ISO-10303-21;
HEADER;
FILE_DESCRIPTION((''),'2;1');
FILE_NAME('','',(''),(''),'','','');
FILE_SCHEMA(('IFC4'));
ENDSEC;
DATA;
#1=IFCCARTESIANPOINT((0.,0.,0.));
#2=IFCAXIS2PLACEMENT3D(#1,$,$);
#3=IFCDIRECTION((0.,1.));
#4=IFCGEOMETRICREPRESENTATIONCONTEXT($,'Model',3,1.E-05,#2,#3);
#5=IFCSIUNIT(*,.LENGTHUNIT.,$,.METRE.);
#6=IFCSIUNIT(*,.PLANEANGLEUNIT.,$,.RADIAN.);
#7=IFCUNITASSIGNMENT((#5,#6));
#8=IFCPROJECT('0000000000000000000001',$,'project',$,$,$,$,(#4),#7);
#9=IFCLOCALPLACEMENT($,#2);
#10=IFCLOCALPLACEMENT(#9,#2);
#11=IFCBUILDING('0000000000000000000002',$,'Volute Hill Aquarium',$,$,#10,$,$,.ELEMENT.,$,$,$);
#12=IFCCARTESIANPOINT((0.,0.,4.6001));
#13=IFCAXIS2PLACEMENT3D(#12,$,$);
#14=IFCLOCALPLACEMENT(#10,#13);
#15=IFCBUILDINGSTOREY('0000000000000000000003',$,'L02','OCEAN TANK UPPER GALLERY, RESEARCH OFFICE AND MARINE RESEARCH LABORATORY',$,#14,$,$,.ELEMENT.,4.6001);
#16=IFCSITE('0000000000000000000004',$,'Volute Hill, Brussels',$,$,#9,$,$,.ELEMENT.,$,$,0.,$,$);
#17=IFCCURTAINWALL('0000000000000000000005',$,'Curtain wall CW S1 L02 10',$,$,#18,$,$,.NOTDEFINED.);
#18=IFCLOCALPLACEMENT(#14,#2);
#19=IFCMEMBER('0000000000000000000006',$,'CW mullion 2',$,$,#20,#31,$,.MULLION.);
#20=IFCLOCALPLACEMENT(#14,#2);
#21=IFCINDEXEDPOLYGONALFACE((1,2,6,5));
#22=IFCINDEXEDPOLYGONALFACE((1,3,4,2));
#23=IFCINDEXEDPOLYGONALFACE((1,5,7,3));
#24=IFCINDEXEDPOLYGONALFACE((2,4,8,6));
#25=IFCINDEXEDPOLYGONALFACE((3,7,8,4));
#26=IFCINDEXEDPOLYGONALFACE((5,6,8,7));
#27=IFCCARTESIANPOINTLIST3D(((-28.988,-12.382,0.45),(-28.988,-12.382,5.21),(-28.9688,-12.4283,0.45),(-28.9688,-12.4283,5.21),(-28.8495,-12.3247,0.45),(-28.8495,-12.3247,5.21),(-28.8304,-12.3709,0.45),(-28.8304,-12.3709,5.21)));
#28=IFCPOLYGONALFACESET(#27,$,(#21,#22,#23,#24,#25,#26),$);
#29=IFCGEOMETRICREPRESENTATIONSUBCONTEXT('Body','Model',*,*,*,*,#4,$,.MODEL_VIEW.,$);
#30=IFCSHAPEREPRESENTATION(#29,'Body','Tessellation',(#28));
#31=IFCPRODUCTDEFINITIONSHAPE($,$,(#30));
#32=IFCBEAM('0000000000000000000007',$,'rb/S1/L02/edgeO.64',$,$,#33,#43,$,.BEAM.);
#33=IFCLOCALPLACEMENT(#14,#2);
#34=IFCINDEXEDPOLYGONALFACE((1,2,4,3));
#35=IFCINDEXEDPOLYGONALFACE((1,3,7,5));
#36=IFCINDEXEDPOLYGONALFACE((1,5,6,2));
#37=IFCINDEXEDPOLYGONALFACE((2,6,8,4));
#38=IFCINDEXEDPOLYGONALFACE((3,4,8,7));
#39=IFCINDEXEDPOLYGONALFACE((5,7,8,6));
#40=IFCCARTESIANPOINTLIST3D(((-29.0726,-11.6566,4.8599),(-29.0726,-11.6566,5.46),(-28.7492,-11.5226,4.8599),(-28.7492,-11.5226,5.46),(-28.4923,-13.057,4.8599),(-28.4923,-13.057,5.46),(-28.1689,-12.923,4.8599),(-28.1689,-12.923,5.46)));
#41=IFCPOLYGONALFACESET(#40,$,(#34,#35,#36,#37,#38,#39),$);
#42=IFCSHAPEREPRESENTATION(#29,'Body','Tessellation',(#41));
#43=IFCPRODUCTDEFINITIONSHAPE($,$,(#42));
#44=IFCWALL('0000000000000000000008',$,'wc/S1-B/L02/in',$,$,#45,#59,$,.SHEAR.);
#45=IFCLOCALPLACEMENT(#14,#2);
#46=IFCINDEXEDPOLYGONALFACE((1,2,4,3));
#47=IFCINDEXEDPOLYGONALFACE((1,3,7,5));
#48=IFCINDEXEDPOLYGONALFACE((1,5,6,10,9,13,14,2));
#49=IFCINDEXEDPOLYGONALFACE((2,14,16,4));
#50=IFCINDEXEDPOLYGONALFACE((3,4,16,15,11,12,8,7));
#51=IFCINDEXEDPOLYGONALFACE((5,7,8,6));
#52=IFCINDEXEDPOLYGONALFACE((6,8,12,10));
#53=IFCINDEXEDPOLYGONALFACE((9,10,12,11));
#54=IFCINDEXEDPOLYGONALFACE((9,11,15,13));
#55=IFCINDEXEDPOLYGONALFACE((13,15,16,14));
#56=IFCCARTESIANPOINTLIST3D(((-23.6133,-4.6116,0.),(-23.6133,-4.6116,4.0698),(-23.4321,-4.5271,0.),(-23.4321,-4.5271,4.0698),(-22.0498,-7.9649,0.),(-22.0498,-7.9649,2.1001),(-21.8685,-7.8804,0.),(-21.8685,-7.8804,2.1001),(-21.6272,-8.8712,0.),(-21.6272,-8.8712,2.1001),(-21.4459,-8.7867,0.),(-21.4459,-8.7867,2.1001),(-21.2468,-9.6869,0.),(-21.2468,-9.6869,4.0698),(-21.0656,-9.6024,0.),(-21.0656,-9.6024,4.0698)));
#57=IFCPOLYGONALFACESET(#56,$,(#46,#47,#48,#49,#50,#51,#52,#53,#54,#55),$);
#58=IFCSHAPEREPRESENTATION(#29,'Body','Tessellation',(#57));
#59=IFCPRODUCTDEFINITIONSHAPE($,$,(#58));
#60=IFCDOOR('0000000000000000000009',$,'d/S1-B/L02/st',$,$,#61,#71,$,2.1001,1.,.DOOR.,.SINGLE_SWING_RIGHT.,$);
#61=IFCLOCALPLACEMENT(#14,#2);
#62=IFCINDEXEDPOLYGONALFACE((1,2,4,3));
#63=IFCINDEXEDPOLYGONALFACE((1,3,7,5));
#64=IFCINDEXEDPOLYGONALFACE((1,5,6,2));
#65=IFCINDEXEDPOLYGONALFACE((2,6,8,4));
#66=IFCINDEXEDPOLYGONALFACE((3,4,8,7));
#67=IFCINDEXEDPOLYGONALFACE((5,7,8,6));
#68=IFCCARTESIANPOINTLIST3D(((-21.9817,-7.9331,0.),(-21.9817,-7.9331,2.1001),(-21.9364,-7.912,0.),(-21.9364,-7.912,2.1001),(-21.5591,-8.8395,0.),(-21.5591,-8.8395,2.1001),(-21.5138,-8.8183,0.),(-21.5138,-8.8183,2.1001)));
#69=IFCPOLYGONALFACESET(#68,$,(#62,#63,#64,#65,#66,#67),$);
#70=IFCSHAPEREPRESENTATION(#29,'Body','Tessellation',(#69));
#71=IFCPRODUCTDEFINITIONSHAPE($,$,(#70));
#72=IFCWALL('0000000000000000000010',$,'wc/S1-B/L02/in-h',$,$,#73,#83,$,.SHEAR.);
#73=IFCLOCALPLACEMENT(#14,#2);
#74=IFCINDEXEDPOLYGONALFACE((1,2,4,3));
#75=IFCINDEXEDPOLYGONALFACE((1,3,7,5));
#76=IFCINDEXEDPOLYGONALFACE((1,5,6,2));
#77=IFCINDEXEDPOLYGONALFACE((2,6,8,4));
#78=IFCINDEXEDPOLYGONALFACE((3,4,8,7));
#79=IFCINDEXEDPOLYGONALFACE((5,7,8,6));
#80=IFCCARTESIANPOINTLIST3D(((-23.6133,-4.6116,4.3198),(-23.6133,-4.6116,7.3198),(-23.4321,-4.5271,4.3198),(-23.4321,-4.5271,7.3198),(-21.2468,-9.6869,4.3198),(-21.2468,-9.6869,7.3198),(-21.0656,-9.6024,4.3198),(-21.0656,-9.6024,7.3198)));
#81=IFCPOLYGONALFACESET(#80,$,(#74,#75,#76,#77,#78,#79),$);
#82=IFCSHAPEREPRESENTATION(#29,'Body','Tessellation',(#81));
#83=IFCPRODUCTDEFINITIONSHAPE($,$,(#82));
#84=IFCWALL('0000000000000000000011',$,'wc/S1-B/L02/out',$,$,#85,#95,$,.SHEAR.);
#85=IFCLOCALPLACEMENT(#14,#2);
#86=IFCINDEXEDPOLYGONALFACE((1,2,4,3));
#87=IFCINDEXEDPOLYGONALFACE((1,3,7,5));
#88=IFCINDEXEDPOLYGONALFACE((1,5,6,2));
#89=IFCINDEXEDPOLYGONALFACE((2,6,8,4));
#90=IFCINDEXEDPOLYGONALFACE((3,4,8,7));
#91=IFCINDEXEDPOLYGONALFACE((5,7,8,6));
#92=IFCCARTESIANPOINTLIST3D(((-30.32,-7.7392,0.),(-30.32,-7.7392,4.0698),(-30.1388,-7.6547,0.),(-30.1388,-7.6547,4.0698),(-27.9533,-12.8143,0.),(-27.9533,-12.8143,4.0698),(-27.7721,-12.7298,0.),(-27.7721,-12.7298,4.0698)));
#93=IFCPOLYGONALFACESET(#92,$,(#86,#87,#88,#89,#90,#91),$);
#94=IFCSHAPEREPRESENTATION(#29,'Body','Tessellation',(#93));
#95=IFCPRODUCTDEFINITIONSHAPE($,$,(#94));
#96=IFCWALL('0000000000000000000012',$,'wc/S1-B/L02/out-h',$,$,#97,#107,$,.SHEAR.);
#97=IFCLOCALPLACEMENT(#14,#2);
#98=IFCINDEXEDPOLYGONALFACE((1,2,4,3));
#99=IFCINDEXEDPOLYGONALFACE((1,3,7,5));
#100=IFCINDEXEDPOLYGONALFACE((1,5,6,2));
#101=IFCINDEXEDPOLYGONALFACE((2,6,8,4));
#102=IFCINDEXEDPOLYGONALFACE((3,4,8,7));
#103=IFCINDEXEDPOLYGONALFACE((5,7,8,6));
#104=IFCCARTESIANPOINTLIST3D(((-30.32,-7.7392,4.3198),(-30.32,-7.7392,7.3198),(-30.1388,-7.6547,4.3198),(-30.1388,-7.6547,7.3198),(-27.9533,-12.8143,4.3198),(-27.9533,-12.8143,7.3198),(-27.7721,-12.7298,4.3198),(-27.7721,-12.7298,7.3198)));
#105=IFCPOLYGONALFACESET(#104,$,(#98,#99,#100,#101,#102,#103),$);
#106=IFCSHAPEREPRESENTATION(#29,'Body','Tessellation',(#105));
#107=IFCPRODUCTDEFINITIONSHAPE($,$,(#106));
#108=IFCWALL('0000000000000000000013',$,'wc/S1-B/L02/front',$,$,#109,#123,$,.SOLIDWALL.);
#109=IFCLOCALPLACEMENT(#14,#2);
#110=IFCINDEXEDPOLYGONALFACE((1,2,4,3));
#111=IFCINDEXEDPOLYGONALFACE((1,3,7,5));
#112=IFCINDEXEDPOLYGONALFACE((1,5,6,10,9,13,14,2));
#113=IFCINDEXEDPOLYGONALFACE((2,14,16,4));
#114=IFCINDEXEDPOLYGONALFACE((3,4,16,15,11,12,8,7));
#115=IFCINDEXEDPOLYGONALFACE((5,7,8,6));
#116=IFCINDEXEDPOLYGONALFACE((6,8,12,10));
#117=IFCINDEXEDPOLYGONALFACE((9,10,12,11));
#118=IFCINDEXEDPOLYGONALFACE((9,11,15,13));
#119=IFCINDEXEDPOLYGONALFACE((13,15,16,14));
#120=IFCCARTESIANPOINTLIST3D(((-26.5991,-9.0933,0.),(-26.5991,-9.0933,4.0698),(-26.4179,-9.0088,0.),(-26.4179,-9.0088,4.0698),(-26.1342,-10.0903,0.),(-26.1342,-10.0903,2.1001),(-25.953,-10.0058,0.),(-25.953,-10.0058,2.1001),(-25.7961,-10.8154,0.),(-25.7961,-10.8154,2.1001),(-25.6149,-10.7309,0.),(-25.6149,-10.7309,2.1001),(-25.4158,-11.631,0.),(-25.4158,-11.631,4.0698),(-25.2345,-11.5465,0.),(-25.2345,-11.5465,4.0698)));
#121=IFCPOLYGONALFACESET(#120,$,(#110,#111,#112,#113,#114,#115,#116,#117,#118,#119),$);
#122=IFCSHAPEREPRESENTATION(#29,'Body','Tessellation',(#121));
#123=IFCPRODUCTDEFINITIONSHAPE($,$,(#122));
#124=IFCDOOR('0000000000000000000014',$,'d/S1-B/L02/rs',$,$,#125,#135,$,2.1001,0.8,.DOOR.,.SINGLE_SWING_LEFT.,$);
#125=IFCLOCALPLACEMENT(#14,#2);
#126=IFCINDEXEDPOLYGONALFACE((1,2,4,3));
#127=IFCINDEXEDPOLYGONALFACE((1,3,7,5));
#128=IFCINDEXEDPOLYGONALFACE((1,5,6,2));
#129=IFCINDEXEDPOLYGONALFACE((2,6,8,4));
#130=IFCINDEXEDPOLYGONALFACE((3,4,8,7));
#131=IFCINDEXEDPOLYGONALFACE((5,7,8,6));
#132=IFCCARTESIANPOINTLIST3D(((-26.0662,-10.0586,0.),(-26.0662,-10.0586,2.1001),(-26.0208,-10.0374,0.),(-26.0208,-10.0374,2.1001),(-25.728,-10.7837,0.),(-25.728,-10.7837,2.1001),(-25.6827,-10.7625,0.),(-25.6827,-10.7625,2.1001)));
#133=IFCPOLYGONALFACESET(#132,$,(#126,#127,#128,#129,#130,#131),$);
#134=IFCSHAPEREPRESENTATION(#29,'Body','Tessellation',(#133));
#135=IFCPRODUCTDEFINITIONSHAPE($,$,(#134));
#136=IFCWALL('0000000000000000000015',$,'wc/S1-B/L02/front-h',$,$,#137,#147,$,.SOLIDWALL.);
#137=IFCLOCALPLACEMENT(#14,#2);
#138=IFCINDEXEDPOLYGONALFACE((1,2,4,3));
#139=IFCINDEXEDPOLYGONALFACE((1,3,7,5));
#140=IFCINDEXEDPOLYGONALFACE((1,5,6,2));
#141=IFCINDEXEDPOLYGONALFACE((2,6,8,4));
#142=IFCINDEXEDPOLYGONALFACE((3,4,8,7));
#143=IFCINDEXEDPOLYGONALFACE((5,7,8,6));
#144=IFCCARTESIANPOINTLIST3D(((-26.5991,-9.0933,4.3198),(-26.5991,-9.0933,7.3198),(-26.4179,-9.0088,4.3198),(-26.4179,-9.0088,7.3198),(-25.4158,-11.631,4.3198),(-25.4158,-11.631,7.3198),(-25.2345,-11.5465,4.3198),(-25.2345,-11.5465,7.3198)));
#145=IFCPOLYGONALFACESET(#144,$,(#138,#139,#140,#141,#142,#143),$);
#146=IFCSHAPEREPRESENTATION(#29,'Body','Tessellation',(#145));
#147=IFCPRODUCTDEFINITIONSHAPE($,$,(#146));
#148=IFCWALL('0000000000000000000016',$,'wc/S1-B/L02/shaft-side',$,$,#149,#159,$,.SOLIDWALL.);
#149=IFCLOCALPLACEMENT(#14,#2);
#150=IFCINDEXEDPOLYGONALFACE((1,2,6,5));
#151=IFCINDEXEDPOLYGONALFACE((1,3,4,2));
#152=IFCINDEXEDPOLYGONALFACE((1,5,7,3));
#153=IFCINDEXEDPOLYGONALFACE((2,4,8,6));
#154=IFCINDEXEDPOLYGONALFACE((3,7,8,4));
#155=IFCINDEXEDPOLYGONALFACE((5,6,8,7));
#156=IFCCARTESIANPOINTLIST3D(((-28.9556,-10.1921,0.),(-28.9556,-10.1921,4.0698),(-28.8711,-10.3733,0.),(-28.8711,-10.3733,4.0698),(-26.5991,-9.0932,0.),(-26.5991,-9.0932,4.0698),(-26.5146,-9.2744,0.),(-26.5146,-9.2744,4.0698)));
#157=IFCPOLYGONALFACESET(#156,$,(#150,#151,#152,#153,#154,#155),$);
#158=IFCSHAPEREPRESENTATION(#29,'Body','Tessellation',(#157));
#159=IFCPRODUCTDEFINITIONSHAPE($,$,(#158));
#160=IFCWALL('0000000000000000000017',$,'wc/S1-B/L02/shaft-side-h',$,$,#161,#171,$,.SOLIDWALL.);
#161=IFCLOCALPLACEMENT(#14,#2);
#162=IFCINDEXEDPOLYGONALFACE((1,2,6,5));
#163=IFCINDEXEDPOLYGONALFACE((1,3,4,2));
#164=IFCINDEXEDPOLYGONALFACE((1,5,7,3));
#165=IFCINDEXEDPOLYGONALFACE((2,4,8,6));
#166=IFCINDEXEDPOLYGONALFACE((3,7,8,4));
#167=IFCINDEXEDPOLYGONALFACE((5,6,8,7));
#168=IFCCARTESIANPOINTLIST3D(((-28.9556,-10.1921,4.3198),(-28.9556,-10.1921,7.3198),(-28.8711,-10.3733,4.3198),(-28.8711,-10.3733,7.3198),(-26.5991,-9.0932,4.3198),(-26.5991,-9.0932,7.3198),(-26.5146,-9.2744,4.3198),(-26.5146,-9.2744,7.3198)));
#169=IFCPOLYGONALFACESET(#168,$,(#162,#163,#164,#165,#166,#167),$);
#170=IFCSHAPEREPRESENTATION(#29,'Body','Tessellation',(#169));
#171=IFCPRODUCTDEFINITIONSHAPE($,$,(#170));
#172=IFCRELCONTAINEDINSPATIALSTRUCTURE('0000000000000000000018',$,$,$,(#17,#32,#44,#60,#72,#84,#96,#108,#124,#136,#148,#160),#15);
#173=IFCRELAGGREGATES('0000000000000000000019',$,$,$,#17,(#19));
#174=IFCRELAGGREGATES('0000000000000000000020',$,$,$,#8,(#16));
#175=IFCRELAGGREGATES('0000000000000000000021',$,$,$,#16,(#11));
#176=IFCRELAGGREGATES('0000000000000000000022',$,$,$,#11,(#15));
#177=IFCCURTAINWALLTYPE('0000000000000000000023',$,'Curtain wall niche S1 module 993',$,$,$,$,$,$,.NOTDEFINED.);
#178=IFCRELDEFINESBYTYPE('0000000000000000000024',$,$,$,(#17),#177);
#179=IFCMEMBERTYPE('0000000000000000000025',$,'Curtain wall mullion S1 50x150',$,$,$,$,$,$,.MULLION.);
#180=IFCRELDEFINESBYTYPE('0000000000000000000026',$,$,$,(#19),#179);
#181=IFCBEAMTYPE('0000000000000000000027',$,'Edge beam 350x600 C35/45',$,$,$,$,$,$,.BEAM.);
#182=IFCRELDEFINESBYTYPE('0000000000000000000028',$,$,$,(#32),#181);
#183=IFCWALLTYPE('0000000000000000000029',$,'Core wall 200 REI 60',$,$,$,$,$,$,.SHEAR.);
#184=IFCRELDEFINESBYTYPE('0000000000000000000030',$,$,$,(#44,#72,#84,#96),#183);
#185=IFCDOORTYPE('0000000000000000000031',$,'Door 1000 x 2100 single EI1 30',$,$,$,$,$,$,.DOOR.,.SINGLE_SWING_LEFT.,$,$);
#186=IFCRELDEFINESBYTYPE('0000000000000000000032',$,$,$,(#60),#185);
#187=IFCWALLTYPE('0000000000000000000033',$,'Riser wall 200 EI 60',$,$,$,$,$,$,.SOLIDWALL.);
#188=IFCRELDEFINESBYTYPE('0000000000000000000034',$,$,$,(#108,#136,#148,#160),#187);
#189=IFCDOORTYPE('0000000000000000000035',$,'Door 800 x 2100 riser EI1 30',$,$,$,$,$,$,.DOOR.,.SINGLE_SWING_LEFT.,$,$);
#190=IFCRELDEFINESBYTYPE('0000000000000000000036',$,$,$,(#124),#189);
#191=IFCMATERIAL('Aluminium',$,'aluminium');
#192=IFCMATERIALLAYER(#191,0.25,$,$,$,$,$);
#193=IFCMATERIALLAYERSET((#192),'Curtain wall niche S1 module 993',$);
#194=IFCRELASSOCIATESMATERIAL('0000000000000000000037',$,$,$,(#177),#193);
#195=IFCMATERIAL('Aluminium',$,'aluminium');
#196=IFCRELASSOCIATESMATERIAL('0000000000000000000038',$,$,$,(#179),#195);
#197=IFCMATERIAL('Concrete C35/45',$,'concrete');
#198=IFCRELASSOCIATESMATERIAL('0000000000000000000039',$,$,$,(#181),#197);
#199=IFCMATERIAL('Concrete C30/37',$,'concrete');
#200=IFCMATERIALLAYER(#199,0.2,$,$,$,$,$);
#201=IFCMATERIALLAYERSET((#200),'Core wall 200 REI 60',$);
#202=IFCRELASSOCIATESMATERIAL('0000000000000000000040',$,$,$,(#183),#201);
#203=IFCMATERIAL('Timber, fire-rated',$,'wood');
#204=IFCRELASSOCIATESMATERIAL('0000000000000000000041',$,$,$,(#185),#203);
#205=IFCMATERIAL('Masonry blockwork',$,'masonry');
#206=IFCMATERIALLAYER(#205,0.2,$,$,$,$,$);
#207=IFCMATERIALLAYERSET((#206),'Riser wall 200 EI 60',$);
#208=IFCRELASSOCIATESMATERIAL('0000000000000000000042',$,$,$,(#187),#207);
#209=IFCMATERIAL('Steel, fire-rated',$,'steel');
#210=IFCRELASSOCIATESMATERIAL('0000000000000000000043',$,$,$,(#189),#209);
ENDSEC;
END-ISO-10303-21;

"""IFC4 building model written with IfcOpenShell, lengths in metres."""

from ifc_helpers import new_model, si_unit, direction, frame, frame_2d, origin, origin_2d, place, context, subcontext, project, spatial, rectangle, extrude, material, layer, layer_set, material_profile, profile_set, type_object, element, fill, aggregate, save


model = new_model("IFC4")

# Units and contexts
model_context = context("Model", 3, precision=1e-05, world=origin(), true_north=direction((0.0, 1.0)))
body_context = subcontext(model_context, "Body", "Model", "MODEL_VIEW")
ifc_project = project(units=[si_unit("LENGTHUNIT", "METRE"), si_unit("PLANEANGLEUNIT", "RADIAN")], contexts=[model_context])

# Site, building, storey
site_placement = place(None, origin())
site = spatial("IfcSite", under=ifc_project, at=site_placement, Name="Volute Hill, Brussels", CompositionType="ELEMENT", RefElevation=0.0)
building_placement = place(site_placement, origin())
building = spatial("IfcBuilding", under=site, at=building_placement, Name="Volute Hill Aquarium", CompositionType="ELEMENT")
storey_placement = place(building_placement, frame((0.0, 0.0, 4.6001)))
storey = spatial("IfcBuildingStorey", under=building, at=storey_placement, Name="L02", Description="OCEAN TANK UPPER GALLERY, RESEARCH OFFICE AND MARINE RESEARCH LABORATORY", CompositionType="ELEMENT", Elevation=4.6001)

# Curtain wall, member
ifc_material_1 = material(Name="Aluminium", Category="aluminium")
ifc_layer_1 = layer(ifc_material_1, 0.25)
ifc_layer_set_1 = layer_set([ifc_layer_1], Name="Curtain wall niche S1 module 993")
curtain_wall_type = type_object("IfcCurtainWallType", Name="Curtain wall niche S1 module 993", PredefinedType="NOTDEFINED", material=ifc_layer_set_1)
curtain_wall_placement = place(storey_placement, origin())
curtain_wall = element("IfcCurtainWall", 1, at=curtain_wall_placement, inside=storey, type_object=curtain_wall_type, Name="Curtain wall CW S1 L02 10", PredefinedType="NOTDEFINED")
ifc_material_2 = material(Name="Aluminium", Category="aluminium")
ifc_material_profile_1 = material_profile(ifc_material_2, rectangle(XDim=0.1499, YDim=0.05, at=origin_2d()), Name="Curtain wall mullion S1 50x150")
ifc_profile_set_1 = profile_set([ifc_material_profile_1], Name="Aluminium")
member_type = type_object("IfcMemberType", Name="Curtain wall mullion S1 50x150", PredefinedType="MULLION", material=ifc_profile_set_1)
member_placement = place(storey_placement, frame((-28.9092, -12.3765, 0.45), z_axis=(0.0, 0.0, 1.0), x_axis=(0.923885, 0.38267, 0.0)))
member = element("IfcMember", 2, at=member_placement, type_object=member_type, Name="CW mullion 2", PredefinedType="MULLION", context=body_context, shape_type="SweptSolid", body=[
    extrude(rectangle(XDim=0.1499, YDim=0.05, at=origin_2d()), origin(), (0.0, 0.0, 1.0), 4.76),
])
aggregate(curtain_wall, [member])

# Beam
ifc_material_3 = material(Name="Concrete C35/45", Category="concrete")
ifc_material_profile_2 = material_profile(ifc_material_3, rectangle(XDim=0.3501, YDim=0.6001, at=origin_2d()), Name="RC edge beam 350x600")
ifc_profile_set_2 = profile_set([ifc_material_profile_2], Name="Concrete C35/45")
beam_type = type_object("IfcBeamType", Name="Edge beam 350x600 C35/45", PredefinedType="BEAM", material=ifc_profile_set_2)
beam_placement = place(storey_placement, frame((-28.9109, -11.5896, 5.1599), z_axis=(0.382831, -0.923819, 0.0), x_axis=(0.923819, 0.382831, 0.0)))
element("IfcBeam", 3, at=beam_placement, inside=storey, type_object=beam_type, Name="rb/S1/L02/edgeO.64", PredefinedType="BEAM", context=body_context, shape_type="SweptSolid", body=[
    extrude(rectangle(XDim=0.3501, YDim=0.6001, at=origin_2d()), origin(), (0.0, 0.0, 1.0), 1.5159),
])

# Wall, opening, door
ifc_material_4 = material(Name="Concrete C30/37", Category="concrete")
ifc_layer_2 = layer(ifc_material_4, 0.2)
ifc_layer_set_2 = layer_set([ifc_layer_2], Name="Core wall 200 REI 60")
wall_type_1 = type_object("IfcWallType", Name="Core wall 200 REI 60", PredefinedType="SHEAR", material=ifc_layer_set_2)
wall_1_placement = place(storey_placement, frame((-21.1562, -9.6445, 0.0), z_axis=(0.0, 0.0, 1.0), x_axis=(-0.422597, 0.906318, 0.0)))
wall_1 = element("IfcWall", 4, at=wall_1_placement, inside=storey, type_object=wall_type_1, Name="wc/S1-B/L02/in", PredefinedType="SHEAR", context=body_context, shape_type="SweptSolid", body=[
    extrude(rectangle(XDim=5.5999, YDim=0.2, at=frame_2d((2.7998, 0.0))), origin(), (0.0, 0.0, 1.0), 4.0698),
])
opening_1_placement = place(wall_1_placement, frame((0.8999, 0.0, 0.0)))
opening_1 = element("IfcOpeningElement", 5, at=opening_1_placement, cuts=wall_1, PredefinedType="OPENING", context=body_context, shape_type="SweptSolid", body=[
    extrude(rectangle(XDim=1.0, YDim=2.1001, at=frame_2d((0.5, 1.05))), frame((0.0, 0.1099, 0.0), z_axis=(0.0, -1.0, 0.0), x_axis=(1.0, 0.0, 0.0)), (0.0, 0.0, 1.0), 0.22),
])
ifc_material_5 = material(Name="Timber, fire-rated", Category="wood")
door_type_1 = type_object("IfcDoorType", Name="Door 1000 x 2100 single EI1 30", OperationType="SINGLE_SWING_LEFT", PredefinedType="DOOR", material=ifc_material_5)
door_1_placement = place(opening_1_placement, origin())
door_1 = element("IfcDoor", 6, at=door_1_placement, inside=storey, type_object=door_type_1, Name="d/S1-B/L02/st", OperationType="SINGLE_SWING_RIGHT", OverallHeight=2.1001, OverallWidth=1.0, PredefinedType="DOOR", context=body_context, shape_type="SweptSolid", body=[
    extrude(rectangle(XDim=1.0, YDim=2.1001, at=frame_2d((0.5, 1.05))), frame((0.0, 0.0249, 0.0), z_axis=(0.0, -1.0, 0.0), x_axis=(1.0, 0.0, 0.0)), (0.0, 0.0, 1.0), 0.05),
])
fill(opening_1, door_1)

# Walls
wall_2_placement = place(storey_placement, frame((-21.1562, -9.6445, 4.3198), z_axis=(0.0, 0.0, 1.0), x_axis=(-0.422597, 0.906318, 0.0)))
element("IfcWall", 7, at=wall_2_placement, inside=storey, type_object=wall_type_1, Name="wc/S1-B/L02/in-h", PredefinedType="SHEAR", context=body_context, shape_type="SweptSolid", body=[
    extrude(rectangle(XDim=5.5999, YDim=0.2, at=frame_2d((2.7998, 0.0))), origin(), (0.0, 0.0, 1.0), 3.0),
])
wall_3_placement = place(storey_placement, frame((-27.8628, -12.772, 0.0), z_axis=(0.0, 0.0, 1.0), x_axis=(-0.422632, 0.906301, 0.0)))
element("IfcWall", 8, at=wall_3_placement, inside=storey, type_object=wall_type_1, Name="wc/S1-B/L02/out", PredefinedType="SHEAR", context=body_context, shape_type="SweptSolid", body=[
    extrude(rectangle(XDim=5.5999, YDim=0.2, at=frame_2d((2.7998, 0.0))), origin(), (0.0, 0.0, 1.0), 4.0698),
])
wall_4_placement = place(storey_placement, frame((-27.8628, -12.772, 4.3198), z_axis=(0.0, 0.0, 1.0), x_axis=(-0.422632, 0.906301, 0.0)))
element("IfcWall", 9, at=wall_4_placement, inside=storey, type_object=wall_type_1, Name="wc/S1-B/L02/out-h", PredefinedType="SHEAR", context=body_context, shape_type="SweptSolid", body=[
    extrude(rectangle(XDim=5.5999, YDim=0.2, at=frame_2d((2.7998, 0.0))), origin(), (0.0, 0.0, 1.0), 3.0),
])

# Wall, opening, door
ifc_material_6 = material(Name="Masonry blockwork", Category="masonry")
ifc_layer_3 = layer(ifc_material_6, 0.2)
ifc_layer_set_3 = layer_set([ifc_layer_3], Name="Riser wall 200 EI 60")
wall_type_2 = type_object("IfcWallType", Name="Riser wall 200 EI 60", PredefinedType="SOLIDWALL", material=ifc_layer_set_3)
wall_5_placement = place(storey_placement, frame((-25.3252, -11.5886, 0.0), z_axis=(0.0, 0.0, 1.0), x_axis=(-0.422632, 0.906301, 0.0)))
wall_5 = element("IfcWall", 10, at=wall_5_placement, inside=storey, type_object=wall_type_2, Name="wc/S1-B/L02/front", PredefinedType="SOLIDWALL", context=body_context, shape_type="SweptSolid", body=[
    extrude(rectangle(XDim=2.8, YDim=0.2, at=frame_2d((1.3999, 0.0))), origin(), (0.0, 0.0, 1.0), 4.0698),
])
opening_2_placement = place(wall_5_placement, frame((0.8999, 0.0, 0.0)))
opening_2 = element("IfcOpeningElement", 11, at=opening_2_placement, cuts=wall_5, PredefinedType="OPENING", context=body_context, shape_type="SweptSolid", body=[
    extrude(rectangle(XDim=0.8, YDim=2.1001, at=frame_2d((0.3999, 1.05))), frame((0.0, 0.1099, 0.0), z_axis=(0.0, -1.0, 0.0), x_axis=(1.0, 0.0, 0.0)), (0.0, 0.0, 1.0), 0.22),
])
ifc_material_7 = material(Name="Steel, fire-rated", Category="steel")
door_type_2 = type_object("IfcDoorType", Name="Door 800 x 2100 riser EI1 30", OperationType="SINGLE_SWING_LEFT", PredefinedType="DOOR", material=ifc_material_7)
door_2_placement = place(opening_2_placement, origin())
door_2 = element("IfcDoor", 12, at=door_2_placement, inside=storey, type_object=door_type_2, Name="d/S1-B/L02/rs", OperationType="SINGLE_SWING_LEFT", OverallHeight=2.1001, OverallWidth=0.8, PredefinedType="DOOR", context=body_context, shape_type="SweptSolid", body=[
    extrude(rectangle(XDim=0.8, YDim=2.1001, at=frame_2d((0.3999, 1.05))), frame((0.0, 0.0249, 0.0), z_axis=(0.0, -1.0, 0.0), x_axis=(1.0, 0.0, 0.0)), (0.0, 0.0, 1.0), 0.05),
])
fill(opening_2, door_2)

# Walls
wall_6_placement = place(storey_placement, frame((-25.3252, -11.5886, 4.3198), z_axis=(0.0, 0.0, 1.0), x_axis=(-0.422632, 0.906301, 0.0)))
element("IfcWall", 13, at=wall_6_placement, inside=storey, type_object=wall_type_2, Name="wc/S1-B/L02/front-h", PredefinedType="SOLIDWALL", context=body_context, shape_type="SweptSolid", body=[
    extrude(rectangle(XDim=2.8, YDim=0.2, at=frame_2d((1.3999, 0.0))), origin(), (0.0, 0.0, 1.0), 3.0),
])
wall_7_placement = place(storey_placement, frame((-26.5569, -9.1838, 0.0), z_axis=(0.0, 0.0, 1.0), x_axis=(-0.906301, -0.422634, 0.0)))
element("IfcWall", 14, at=wall_7_placement, inside=storey, type_object=wall_type_2, Name="wc/S1-B/L02/shaft-side", PredefinedType="SOLIDWALL", context=body_context, shape_type="SweptSolid", body=[
    extrude(rectangle(XDim=2.6001, YDim=0.2, at=frame_2d((1.3, 0.0))), origin(), (0.0, 0.0, 1.0), 4.0698),
])
wall_8_placement = place(storey_placement, frame((-26.5569, -9.1838, 4.3198), z_axis=(0.0, 0.0, 1.0), x_axis=(-0.906301, -0.422634, 0.0)))
element("IfcWall", 15, at=wall_8_placement, inside=storey, type_object=wall_type_2, Name="wc/S1-B/L02/shaft-side-h", PredefinedType="SOLIDWALL", context=body_context, shape_type="SweptSolid", body=[
    extrude(rectangle(XDim=2.6001, YDim=0.2, at=frame_2d((1.3, 0.0))), origin(), (0.0, 0.0, 1.0), 3.0),
])

save(model, "model.ifc")
